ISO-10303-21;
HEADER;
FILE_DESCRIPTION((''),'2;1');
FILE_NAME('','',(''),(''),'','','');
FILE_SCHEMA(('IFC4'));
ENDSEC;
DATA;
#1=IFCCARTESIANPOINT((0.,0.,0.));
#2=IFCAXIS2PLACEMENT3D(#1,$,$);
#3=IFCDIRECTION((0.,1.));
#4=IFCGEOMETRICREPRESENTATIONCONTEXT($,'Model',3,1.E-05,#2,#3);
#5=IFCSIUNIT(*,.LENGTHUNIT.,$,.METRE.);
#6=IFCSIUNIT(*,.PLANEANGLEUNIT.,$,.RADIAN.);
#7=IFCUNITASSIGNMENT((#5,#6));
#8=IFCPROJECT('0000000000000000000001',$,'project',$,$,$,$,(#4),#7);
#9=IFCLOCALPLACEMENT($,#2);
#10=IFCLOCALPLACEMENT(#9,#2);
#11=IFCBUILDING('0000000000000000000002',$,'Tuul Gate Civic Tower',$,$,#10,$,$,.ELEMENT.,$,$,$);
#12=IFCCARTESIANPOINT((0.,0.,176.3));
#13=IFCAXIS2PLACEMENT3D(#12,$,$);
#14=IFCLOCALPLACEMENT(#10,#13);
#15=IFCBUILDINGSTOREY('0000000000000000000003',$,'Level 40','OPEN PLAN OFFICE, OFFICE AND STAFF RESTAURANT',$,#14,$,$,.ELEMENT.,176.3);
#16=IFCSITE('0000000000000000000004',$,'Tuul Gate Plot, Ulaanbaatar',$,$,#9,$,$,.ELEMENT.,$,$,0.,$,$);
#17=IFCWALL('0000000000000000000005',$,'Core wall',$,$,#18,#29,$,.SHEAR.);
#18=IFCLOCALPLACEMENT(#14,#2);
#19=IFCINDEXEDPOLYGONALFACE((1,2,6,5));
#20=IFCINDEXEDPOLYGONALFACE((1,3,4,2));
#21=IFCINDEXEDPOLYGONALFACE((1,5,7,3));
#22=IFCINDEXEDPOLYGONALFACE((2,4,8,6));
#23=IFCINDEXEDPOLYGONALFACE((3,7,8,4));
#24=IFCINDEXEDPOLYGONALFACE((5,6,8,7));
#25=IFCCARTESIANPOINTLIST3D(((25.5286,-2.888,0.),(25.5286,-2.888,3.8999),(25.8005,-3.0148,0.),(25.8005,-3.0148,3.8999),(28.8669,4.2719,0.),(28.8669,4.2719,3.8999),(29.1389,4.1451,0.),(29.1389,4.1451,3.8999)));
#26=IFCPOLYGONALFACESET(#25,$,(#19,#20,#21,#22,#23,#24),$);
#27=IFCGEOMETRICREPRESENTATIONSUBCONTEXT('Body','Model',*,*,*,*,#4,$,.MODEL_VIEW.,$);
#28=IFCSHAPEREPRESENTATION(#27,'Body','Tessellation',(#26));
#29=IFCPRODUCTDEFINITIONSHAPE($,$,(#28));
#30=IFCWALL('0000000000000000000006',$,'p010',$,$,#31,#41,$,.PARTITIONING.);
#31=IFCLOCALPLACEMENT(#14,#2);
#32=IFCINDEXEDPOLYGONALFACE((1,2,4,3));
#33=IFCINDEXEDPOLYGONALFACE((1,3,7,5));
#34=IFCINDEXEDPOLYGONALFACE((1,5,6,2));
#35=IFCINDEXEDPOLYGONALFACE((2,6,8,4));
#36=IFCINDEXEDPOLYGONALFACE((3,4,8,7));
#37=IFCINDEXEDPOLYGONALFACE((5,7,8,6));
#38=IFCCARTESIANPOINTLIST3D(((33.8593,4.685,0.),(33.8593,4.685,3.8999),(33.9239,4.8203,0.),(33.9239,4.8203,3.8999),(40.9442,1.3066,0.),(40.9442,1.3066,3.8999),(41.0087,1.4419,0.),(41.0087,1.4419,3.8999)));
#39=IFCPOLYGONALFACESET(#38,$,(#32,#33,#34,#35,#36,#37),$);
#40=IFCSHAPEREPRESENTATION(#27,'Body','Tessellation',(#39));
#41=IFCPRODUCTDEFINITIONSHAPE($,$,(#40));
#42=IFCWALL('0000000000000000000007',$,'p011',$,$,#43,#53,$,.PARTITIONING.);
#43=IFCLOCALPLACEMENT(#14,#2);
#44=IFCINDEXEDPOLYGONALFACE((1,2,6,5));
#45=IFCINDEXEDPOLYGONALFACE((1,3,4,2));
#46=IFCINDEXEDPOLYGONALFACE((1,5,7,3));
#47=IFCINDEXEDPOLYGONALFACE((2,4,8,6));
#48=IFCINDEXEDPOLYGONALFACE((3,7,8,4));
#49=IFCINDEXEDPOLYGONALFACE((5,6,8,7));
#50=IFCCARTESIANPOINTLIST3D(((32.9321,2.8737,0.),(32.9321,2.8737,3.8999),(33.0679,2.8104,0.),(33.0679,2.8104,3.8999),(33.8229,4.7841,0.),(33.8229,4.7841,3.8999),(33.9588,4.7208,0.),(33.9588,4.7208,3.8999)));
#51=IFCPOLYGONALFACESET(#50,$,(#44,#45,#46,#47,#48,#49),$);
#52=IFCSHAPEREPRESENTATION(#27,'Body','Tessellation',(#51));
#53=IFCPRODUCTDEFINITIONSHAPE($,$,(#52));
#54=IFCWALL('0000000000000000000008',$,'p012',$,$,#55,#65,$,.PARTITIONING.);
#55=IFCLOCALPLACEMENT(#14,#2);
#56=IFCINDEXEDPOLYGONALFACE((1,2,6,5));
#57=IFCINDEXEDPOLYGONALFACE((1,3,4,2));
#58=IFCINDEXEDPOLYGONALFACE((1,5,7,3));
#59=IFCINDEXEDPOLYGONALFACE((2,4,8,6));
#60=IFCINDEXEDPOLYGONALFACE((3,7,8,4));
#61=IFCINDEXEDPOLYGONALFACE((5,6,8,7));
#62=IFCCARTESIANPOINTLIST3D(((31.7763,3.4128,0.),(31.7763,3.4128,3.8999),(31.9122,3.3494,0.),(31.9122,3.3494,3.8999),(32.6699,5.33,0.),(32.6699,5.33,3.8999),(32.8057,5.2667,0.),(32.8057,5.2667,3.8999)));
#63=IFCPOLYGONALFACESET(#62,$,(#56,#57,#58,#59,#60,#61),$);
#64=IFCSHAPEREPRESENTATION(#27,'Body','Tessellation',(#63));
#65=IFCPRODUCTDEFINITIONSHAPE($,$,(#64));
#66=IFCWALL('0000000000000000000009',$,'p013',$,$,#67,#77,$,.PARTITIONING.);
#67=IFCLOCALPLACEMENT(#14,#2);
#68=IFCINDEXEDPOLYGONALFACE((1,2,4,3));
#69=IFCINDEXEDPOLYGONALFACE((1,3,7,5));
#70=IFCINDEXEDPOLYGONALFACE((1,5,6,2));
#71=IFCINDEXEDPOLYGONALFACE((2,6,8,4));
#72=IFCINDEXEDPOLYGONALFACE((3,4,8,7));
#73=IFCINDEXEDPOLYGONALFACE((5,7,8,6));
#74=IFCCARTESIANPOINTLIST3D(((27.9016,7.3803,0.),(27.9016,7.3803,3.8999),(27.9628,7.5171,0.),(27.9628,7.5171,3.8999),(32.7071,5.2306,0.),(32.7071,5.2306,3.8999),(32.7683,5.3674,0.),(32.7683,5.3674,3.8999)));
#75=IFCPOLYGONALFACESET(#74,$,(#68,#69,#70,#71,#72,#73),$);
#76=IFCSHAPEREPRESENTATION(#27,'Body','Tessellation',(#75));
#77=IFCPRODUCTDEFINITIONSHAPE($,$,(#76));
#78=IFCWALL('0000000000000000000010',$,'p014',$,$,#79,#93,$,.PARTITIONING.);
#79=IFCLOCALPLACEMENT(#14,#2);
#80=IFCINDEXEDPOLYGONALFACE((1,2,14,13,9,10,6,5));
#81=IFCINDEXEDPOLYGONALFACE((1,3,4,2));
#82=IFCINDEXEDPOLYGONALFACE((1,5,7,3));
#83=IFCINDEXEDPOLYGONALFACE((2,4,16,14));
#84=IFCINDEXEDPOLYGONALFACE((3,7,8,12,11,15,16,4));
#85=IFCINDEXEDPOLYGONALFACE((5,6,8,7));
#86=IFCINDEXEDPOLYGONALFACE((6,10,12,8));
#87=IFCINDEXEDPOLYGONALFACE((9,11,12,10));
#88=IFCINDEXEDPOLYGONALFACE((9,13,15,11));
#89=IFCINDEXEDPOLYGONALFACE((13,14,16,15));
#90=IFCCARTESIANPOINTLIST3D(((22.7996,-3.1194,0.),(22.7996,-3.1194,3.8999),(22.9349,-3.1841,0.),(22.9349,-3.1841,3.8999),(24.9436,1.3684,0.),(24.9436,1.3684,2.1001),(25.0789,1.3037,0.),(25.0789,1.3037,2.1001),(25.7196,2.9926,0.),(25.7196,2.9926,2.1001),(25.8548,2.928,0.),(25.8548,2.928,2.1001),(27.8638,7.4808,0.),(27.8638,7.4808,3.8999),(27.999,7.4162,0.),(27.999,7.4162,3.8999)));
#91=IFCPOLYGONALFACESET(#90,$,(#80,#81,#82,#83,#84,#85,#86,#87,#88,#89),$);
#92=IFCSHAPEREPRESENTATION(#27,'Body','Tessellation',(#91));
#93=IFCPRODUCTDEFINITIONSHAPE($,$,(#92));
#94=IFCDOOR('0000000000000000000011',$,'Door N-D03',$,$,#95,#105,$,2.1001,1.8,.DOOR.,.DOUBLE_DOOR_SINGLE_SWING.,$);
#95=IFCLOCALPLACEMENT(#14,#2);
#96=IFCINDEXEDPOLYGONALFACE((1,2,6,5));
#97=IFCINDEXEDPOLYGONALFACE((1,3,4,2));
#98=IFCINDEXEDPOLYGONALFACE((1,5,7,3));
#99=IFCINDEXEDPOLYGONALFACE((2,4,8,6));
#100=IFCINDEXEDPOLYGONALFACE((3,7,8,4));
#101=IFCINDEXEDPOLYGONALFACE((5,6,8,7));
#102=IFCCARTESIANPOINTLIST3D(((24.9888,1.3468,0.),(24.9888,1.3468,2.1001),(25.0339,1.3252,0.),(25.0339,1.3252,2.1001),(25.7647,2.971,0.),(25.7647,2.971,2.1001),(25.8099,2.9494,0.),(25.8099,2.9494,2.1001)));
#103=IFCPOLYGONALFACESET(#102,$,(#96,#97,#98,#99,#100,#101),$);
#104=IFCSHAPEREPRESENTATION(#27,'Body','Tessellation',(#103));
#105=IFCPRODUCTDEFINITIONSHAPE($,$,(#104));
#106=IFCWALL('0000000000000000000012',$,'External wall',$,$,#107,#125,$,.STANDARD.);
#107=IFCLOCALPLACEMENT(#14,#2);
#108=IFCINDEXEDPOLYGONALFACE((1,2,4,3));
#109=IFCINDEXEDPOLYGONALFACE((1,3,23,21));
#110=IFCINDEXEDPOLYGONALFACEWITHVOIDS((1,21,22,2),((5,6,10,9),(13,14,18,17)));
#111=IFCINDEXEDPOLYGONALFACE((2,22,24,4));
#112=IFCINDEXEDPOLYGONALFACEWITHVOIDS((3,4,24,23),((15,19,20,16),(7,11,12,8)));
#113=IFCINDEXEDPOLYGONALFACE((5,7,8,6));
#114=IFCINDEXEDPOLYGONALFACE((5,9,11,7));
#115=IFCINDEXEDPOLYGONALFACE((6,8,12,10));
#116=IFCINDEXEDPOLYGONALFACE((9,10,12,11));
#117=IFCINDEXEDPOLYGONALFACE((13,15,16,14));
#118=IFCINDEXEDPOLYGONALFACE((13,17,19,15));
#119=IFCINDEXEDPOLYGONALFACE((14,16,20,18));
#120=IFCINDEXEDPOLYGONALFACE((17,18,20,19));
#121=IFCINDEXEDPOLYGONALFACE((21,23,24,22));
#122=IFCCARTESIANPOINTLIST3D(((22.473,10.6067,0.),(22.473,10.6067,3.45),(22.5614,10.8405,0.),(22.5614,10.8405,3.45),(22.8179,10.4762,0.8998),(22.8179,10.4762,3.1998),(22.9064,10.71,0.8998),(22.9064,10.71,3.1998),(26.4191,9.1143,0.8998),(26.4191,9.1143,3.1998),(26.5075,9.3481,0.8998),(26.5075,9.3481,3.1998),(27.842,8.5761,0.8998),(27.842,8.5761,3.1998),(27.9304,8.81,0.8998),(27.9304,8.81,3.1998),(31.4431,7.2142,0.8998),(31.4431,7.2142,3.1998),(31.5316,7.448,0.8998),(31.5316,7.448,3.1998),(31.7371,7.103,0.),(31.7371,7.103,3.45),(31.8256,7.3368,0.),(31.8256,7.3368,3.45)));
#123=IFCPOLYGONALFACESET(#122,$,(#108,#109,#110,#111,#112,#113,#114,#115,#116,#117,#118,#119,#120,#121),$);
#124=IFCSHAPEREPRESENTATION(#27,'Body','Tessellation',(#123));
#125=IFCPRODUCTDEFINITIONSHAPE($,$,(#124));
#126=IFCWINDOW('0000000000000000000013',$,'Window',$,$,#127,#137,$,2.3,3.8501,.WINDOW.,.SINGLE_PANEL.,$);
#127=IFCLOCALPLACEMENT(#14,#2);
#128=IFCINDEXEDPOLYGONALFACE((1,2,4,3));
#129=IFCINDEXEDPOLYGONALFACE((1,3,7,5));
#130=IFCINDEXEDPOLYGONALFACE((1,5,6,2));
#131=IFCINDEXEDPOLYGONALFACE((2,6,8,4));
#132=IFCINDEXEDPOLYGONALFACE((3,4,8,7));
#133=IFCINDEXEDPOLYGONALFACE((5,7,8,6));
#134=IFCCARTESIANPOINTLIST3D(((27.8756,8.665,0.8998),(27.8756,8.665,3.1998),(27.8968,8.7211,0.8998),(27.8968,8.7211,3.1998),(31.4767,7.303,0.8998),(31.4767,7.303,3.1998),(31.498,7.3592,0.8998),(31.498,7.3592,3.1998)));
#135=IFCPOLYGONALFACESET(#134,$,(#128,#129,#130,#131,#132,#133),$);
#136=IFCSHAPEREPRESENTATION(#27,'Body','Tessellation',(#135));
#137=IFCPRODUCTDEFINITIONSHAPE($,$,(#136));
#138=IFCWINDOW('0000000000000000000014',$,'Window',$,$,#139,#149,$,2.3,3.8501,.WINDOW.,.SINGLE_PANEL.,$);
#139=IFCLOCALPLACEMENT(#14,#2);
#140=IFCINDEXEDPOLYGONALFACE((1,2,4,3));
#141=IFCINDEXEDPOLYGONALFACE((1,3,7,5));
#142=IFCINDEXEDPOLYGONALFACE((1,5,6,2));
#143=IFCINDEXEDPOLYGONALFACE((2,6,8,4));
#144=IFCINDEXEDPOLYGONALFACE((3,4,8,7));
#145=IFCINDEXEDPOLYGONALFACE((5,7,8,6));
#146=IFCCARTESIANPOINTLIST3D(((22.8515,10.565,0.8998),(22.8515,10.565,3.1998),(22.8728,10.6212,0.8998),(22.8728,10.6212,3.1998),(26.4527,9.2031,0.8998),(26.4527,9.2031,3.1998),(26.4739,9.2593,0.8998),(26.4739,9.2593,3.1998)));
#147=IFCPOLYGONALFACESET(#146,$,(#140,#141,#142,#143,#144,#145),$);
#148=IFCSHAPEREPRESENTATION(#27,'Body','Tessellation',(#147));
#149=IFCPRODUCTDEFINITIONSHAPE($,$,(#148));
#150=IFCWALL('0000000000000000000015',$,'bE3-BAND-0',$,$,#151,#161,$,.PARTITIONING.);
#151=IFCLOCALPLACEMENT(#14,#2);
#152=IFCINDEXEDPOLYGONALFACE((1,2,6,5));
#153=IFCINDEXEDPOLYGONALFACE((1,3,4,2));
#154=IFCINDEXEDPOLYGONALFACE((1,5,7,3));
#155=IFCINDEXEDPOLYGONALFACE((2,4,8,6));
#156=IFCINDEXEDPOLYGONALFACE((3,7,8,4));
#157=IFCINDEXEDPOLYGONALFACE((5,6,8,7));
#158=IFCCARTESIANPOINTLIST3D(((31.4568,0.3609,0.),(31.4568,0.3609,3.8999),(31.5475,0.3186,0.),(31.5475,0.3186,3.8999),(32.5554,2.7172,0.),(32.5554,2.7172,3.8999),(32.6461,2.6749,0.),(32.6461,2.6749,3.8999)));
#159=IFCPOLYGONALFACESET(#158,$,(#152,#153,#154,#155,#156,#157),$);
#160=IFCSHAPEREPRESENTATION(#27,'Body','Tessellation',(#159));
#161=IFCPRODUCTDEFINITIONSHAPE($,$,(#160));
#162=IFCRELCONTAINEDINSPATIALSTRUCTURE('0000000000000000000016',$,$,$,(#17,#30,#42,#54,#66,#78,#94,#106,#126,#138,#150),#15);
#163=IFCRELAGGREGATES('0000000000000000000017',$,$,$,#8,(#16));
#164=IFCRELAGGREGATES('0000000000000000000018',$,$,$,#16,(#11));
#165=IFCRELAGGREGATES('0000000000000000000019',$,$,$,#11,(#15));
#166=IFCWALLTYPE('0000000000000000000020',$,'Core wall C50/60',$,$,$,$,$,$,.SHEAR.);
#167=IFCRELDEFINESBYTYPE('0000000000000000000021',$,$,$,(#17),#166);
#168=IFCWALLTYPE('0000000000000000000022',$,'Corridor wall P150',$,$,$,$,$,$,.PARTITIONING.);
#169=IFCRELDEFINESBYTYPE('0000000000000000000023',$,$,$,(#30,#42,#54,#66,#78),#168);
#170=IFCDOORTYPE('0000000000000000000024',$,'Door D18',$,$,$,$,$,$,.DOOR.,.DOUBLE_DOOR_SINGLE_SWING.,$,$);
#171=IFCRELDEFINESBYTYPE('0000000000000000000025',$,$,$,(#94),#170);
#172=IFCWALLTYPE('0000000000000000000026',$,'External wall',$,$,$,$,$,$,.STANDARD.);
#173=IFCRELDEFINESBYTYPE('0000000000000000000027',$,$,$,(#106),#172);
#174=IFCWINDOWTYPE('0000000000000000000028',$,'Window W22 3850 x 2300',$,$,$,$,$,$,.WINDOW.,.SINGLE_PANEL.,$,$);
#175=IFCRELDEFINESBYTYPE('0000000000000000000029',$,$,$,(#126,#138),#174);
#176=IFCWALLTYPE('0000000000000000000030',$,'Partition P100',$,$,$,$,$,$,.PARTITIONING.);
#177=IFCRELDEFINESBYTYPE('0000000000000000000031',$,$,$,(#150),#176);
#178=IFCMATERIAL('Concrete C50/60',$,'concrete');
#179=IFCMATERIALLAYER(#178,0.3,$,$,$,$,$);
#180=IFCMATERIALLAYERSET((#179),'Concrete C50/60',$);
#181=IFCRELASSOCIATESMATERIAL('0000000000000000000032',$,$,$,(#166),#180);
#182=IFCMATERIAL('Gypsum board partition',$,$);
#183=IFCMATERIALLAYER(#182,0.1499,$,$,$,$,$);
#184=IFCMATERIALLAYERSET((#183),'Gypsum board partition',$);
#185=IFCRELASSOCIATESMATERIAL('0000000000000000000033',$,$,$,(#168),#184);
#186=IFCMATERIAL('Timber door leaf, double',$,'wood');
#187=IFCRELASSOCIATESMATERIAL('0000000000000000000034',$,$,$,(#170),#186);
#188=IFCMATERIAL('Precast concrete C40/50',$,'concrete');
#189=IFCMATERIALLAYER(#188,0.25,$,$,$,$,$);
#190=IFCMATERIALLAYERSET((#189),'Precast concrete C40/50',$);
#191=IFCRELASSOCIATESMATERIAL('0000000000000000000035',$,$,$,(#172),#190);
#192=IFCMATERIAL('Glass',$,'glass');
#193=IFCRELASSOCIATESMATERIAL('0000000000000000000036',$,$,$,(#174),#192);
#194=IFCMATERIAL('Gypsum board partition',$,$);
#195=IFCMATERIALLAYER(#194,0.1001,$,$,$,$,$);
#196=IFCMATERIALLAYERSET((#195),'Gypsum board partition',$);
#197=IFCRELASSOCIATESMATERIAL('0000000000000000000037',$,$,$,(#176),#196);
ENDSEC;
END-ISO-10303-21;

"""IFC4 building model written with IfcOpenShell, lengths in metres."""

from ifc_helpers import new_model, si_unit, direction, frame, frame_2d, origin, place, context, subcontext, project, spatial, rectangle, extrude, material, layer, layer_set, type_object, element, fill, save


model = new_model("IFC4")

# Units and contexts
model_context = context("Model", 3, precision=1e-05, world=origin(), true_north=direction((0.0, 1.0)))
body_context = subcontext(model_context, "Body", "Model", "MODEL_VIEW")
ifc_project = project(units=[si_unit("LENGTHUNIT", "METRE"), si_unit("PLANEANGLEUNIT", "RADIAN")], contexts=[model_context])

# Site, building, storey
site_placement = place(None, origin())
site = spatial("IfcSite", under=ifc_project, at=site_placement, Name="Tuul Gate Plot, Ulaanbaatar", CompositionType="ELEMENT", RefElevation=0.0)
building_placement = place(site_placement, origin())
building = spatial("IfcBuilding", under=site, at=building_placement, Name="Tuul Gate Civic Tower", CompositionType="ELEMENT")
storey_placement = place(building_placement, frame((0.0, 0.0, 176.3)))
storey = spatial("IfcBuildingStorey", under=building, at=storey_placement, Name="Level 40", Description="OPEN PLAN OFFICE, OFFICE AND STAFF RESTAURANT", CompositionType="ELEMENT", Elevation=176.3)

# Shared definitions
ifc_material_1 = material(Name="Concrete C50/60", Category="concrete")
ifc_layer_1 = layer(ifc_material_1, 0.3)
ifc_layer_set_1 = layer_set([ifc_layer_1], Name="Concrete C50/60")
wall_type_1 = type_object("IfcWallType", Name="Core wall C50/60", PredefinedType="SHEAR", material=ifc_layer_set_1)

# Walls
wall_1_placement = place(storey_placement, frame((25.6646, -2.9514, 0.0), z_axis=(0.0, 0.0, 1.0), x_axis=(0.422583, 0.906324, 0.0)))
element("IfcWall", 1, at=wall_1_placement, inside=storey, type_object=wall_type_1, Name="Core wall", PredefinedType="SHEAR", context=body_context, shape_type="SweptSolid", body=[
    extrude(rectangle(XDim=7.8999, YDim=0.3, at=frame_2d((3.95, 0.0))), origin(), (0.0, 0.0, 1.0), 3.8999),
])
ifc_material_2 = material(Name="Gypsum board partition")
ifc_layer_2 = layer(ifc_material_2, 0.1499)
ifc_layer_set_2 = layer_set([ifc_layer_2], Name="Gypsum board partition")
wall_type_2 = type_object("IfcWallType", Name="Corridor wall P150", PredefinedType="PARTITIONING", material=ifc_layer_set_2)
wall_2_placement = place(storey_placement, frame((33.8916, 4.7527, 0.0), z_axis=(0.0, 0.0, 1.0), x_axis=(0.902626, -0.430426, 0.0)))
element("IfcWall", 2, at=wall_2_placement, inside=storey, type_object=wall_type_2, Name="p010", PredefinedType="PARTITIONING", context=body_context, shape_type="SweptSolid", body=[
    extrude(rectangle(XDim=7.8491, YDim=0.1499, at=frame_2d((3.9246, 0.0))), origin(), (0.0, 0.0, 1.0), 3.8999),
])
wall_3_placement = place(storey_placement, frame((33.0, 2.842, 0.0), z_axis=(0.0, 0.0, 1.0), x_axis=(0.422632, 0.906301, 0.0)))
element("IfcWall", 3, at=wall_3_placement, inside=storey, type_object=wall_type_2, Name="p011", PredefinedType="PARTITIONING", context=body_context, shape_type="SweptSolid", body=[
    extrude(rectangle(XDim=2.1079, YDim=0.1499, at=frame_2d((1.054, 0.0))), origin(), (0.0, 0.0, 1.0), 3.8999),
])
wall_4_placement = place(storey_placement, frame((31.8442, 3.3811, 0.0), z_axis=(0.0, 0.0, 1.0), x_axis=(0.422437, 0.906392, 0.0)))
element("IfcWall", 4, at=wall_4_placement, inside=storey, type_object=wall_type_2, Name="p012", PredefinedType="PARTITIONING", context=body_context, shape_type="SweptSolid", body=[
    extrude(rectangle(XDim=2.1152, YDim=0.1499, at=frame_2d((1.0576, 0.0))), origin(), (0.0, 0.0, 1.0), 3.8999),
])
wall_5_placement = place(storey_placement, frame((27.9321, 7.4487, 0.0), z_axis=(0.0, 0.0, 1.0), x_axis=(0.912828, -0.408345, 0.0)))
element("IfcWall", 5, at=wall_5_placement, inside=storey, type_object=wall_type_2, Name="p013", PredefinedType="PARTITIONING", context=body_context, shape_type="SweptSolid", body=[
    extrude(rectangle(XDim=5.2644, YDim=0.1499, at=frame_2d((2.6323, 0.0))), origin(), (0.0, 0.0, 1.0), 3.8999),
])

# Wall, opening, door
wall_6_placement = place(storey_placement, frame((22.8672, -3.1519, 0.0), z_axis=(0.0, 0.0, 1.0), x_axis=(0.431073, 0.902317, 0.0)))
wall_6 = element("IfcWall", 6, at=wall_6_placement, inside=storey, type_object=wall_type_2, Name="p014", PredefinedType="PARTITIONING", context=body_context, shape_type="SweptSolid", body=[
    extrude(rectangle(XDim=11.7478, YDim=0.1499, at=frame_2d((5.874, 0.0))), origin(), (0.0, 0.0, 1.0), 3.8999),
])
opening_1_placement = place(wall_6_placement, frame((4.9739, 0.0, 0.0)))
opening_1 = element("IfcOpeningElement", 7, at=opening_1_placement, cuts=wall_6, PredefinedType="OPENING", context=body_context, shape_type="SweptSolid", body=[
    extrude(rectangle(XDim=1.8, YDim=2.1001, at=frame_2d((0.8999, 1.05))), frame((0.0, 0.085, 0.0), z_axis=(0.0, -1.0, 0.0), x_axis=(1.0, 0.0, 0.0)), (0.0, 0.0, 1.0), 0.1699),
])
ifc_material_3 = material(Name="Timber door leaf, double", Category="wood")
door_type_1 = type_object("IfcDoorType", Name="Door D18", OperationType="DOUBLE_DOOR_SINGLE_SWING", PredefinedType="DOOR", material=ifc_material_3)
door_1_placement = place(opening_1_placement, origin())
door_1 = element("IfcDoor", 8, at=door_1_placement, inside=storey, type_object=door_type_1, Name="Door N-D03", OperationType="DOUBLE_DOOR_SINGLE_SWING", OverallHeight=2.1001, OverallWidth=1.8, PredefinedType="DOOR", context=body_context, shape_type="SweptSolid", body=[
    extrude(rectangle(XDim=1.8, YDim=2.1001, at=frame_2d((0.8999, 1.05))), frame((0.0, 0.0249, 0.0), z_axis=(0.0, -1.0, 0.0), x_axis=(1.0, 0.0, 0.0)), (0.0, 0.0, 1.0), 0.05),
])
fill(opening_1, door_1)

# Wall, openings, windows
ifc_material_4 = material(Name="Precast concrete C40/50", Category="concrete")
ifc_layer_3 = layer(ifc_material_4, 0.25)
ifc_layer_set_3 = layer_set([ifc_layer_3], Name="Precast concrete C40/50")
wall_type_3 = type_object("IfcWallType", Name="External wall", PredefinedType="STANDARD", material=ifc_layer_set_3)
wall_7_placement = place(storey_placement, frame((31.7812, 7.22, 0.0), z_axis=(0.0, 0.0, 1.0), x_axis=(-0.935343, 0.353742, 0.0)))
wall_7 = element("IfcWall", 9, at=wall_7_placement, inside=storey, type_object=wall_type_3, Name="External wall", PredefinedType="STANDARD", context=body_context, shape_type="SweptSolid", body=[
    extrude(rectangle(XDim=9.9045, YDim=0.25, at=frame_2d((4.9521, 0.0))), origin(), (0.0, 0.0, 1.0), 3.45),
])
opening_2_placement = place(wall_7_placement, frame((0.3142, 0.0, 0.8999)))
opening_2 = element("IfcOpeningElement", 10, at=opening_2_placement, cuts=wall_7, PredefinedType="OPENING", context=body_context, shape_type="SweptSolid", body=[
    extrude(rectangle(XDim=3.8501, YDim=2.3, at=frame_2d((1.925, 1.1499))), frame((0.0, 0.135, 0.0), z_axis=(0.0, -1.0, 0.0), x_axis=(1.0, 0.0, 0.0)), (0.0, 0.0, 1.0), 0.27),
])
opening_3_placement = place(wall_7_placement, frame((5.6855, 0.0, 0.8999)))
opening_3 = element("IfcOpeningElement", 11, at=opening_3_placement, cuts=wall_7, PredefinedType="OPENING", context=body_context, shape_type="SweptSolid", body=[
    extrude(rectangle(XDim=3.8501, YDim=2.3, at=frame_2d((1.925, 1.1499))), frame((0.0, 0.135, 0.0), z_axis=(0.0, -1.0, 0.0), x_axis=(1.0, 0.0, 0.0)), (0.0, 0.0, 1.0), 0.27),
])
ifc_material_5 = material(Name="Glass", Category="glass")
window_type = type_object("IfcWindowType", Name="Window W22 3850 x 2300", PartitioningType="SINGLE_PANEL", PredefinedType="WINDOW", material=ifc_material_5)
window_1_placement = place(opening_2_placement, origin())
window_1 = element("IfcWindow", 12, at=window_1_placement, inside=storey, type_object=window_type, Name="Window", OverallHeight=2.3, OverallWidth=3.8501, PartitioningType="SINGLE_PANEL", PredefinedType="WINDOW", context=body_context, shape_type="SweptSolid", body=[
    extrude(rectangle(XDim=3.8501, YDim=2.3, at=frame_2d((1.925, 1.1499))), frame((0.0, 0.03, 0.0), z_axis=(0.0, -1.0, 0.0), x_axis=(1.0, 0.0, 0.0)), (0.0, 0.0, 1.0), 0.0601),
])
fill(opening_2, window_1)
window_2_placement = place(opening_3_placement, origin())
window_2 = element("IfcWindow", 13, at=window_2_placement, inside=storey, type_object=window_type, Name="Window", OverallHeight=2.3, OverallWidth=3.8501, PartitioningType="SINGLE_PANEL", PredefinedType="WINDOW", context=body_context, shape_type="SweptSolid", body=[
    extrude(rectangle(XDim=3.8501, YDim=2.3, at=frame_2d((1.925, 1.1499))), frame((0.0, 0.03, 0.0), z_axis=(0.0, -1.0, 0.0), x_axis=(1.0, 0.0, 0.0)), (0.0, 0.0, 1.0), 0.0601),
])
fill(opening_3, window_2)

# Wall
ifc_material_6 = material(Name="Gypsum board partition")
ifc_layer_4 = layer(ifc_material_6, 0.1001)
ifc_layer_set_4 = layer_set([ifc_layer_4], Name="Gypsum board partition")
wall_type_4 = type_object("IfcWallType", Name="Partition P100", PredefinedType="PARTITIONING", material=ifc_layer_set_4)
wall_8_placement = place(storey_placement, frame((31.5022, 0.3398, 0.0), z_axis=(0.0, 0.0, 1.0), x_axis=(0.422556, 0.906337, 0.0)))
element("IfcWall", 14, at=wall_8_placement, inside=storey, type_object=wall_type_4, Name="bE3-BAND-0", PredefinedType="PARTITIONING", context=body_context, shape_type="SweptSolid", body=[
    extrude(rectangle(XDim=2.5999, YDim=0.1001, at=frame_2d((1.2998, 0.0))), origin(), (0.0, 0.0, 1.0), 3.8999),
])

save(model, "model.ifc")
